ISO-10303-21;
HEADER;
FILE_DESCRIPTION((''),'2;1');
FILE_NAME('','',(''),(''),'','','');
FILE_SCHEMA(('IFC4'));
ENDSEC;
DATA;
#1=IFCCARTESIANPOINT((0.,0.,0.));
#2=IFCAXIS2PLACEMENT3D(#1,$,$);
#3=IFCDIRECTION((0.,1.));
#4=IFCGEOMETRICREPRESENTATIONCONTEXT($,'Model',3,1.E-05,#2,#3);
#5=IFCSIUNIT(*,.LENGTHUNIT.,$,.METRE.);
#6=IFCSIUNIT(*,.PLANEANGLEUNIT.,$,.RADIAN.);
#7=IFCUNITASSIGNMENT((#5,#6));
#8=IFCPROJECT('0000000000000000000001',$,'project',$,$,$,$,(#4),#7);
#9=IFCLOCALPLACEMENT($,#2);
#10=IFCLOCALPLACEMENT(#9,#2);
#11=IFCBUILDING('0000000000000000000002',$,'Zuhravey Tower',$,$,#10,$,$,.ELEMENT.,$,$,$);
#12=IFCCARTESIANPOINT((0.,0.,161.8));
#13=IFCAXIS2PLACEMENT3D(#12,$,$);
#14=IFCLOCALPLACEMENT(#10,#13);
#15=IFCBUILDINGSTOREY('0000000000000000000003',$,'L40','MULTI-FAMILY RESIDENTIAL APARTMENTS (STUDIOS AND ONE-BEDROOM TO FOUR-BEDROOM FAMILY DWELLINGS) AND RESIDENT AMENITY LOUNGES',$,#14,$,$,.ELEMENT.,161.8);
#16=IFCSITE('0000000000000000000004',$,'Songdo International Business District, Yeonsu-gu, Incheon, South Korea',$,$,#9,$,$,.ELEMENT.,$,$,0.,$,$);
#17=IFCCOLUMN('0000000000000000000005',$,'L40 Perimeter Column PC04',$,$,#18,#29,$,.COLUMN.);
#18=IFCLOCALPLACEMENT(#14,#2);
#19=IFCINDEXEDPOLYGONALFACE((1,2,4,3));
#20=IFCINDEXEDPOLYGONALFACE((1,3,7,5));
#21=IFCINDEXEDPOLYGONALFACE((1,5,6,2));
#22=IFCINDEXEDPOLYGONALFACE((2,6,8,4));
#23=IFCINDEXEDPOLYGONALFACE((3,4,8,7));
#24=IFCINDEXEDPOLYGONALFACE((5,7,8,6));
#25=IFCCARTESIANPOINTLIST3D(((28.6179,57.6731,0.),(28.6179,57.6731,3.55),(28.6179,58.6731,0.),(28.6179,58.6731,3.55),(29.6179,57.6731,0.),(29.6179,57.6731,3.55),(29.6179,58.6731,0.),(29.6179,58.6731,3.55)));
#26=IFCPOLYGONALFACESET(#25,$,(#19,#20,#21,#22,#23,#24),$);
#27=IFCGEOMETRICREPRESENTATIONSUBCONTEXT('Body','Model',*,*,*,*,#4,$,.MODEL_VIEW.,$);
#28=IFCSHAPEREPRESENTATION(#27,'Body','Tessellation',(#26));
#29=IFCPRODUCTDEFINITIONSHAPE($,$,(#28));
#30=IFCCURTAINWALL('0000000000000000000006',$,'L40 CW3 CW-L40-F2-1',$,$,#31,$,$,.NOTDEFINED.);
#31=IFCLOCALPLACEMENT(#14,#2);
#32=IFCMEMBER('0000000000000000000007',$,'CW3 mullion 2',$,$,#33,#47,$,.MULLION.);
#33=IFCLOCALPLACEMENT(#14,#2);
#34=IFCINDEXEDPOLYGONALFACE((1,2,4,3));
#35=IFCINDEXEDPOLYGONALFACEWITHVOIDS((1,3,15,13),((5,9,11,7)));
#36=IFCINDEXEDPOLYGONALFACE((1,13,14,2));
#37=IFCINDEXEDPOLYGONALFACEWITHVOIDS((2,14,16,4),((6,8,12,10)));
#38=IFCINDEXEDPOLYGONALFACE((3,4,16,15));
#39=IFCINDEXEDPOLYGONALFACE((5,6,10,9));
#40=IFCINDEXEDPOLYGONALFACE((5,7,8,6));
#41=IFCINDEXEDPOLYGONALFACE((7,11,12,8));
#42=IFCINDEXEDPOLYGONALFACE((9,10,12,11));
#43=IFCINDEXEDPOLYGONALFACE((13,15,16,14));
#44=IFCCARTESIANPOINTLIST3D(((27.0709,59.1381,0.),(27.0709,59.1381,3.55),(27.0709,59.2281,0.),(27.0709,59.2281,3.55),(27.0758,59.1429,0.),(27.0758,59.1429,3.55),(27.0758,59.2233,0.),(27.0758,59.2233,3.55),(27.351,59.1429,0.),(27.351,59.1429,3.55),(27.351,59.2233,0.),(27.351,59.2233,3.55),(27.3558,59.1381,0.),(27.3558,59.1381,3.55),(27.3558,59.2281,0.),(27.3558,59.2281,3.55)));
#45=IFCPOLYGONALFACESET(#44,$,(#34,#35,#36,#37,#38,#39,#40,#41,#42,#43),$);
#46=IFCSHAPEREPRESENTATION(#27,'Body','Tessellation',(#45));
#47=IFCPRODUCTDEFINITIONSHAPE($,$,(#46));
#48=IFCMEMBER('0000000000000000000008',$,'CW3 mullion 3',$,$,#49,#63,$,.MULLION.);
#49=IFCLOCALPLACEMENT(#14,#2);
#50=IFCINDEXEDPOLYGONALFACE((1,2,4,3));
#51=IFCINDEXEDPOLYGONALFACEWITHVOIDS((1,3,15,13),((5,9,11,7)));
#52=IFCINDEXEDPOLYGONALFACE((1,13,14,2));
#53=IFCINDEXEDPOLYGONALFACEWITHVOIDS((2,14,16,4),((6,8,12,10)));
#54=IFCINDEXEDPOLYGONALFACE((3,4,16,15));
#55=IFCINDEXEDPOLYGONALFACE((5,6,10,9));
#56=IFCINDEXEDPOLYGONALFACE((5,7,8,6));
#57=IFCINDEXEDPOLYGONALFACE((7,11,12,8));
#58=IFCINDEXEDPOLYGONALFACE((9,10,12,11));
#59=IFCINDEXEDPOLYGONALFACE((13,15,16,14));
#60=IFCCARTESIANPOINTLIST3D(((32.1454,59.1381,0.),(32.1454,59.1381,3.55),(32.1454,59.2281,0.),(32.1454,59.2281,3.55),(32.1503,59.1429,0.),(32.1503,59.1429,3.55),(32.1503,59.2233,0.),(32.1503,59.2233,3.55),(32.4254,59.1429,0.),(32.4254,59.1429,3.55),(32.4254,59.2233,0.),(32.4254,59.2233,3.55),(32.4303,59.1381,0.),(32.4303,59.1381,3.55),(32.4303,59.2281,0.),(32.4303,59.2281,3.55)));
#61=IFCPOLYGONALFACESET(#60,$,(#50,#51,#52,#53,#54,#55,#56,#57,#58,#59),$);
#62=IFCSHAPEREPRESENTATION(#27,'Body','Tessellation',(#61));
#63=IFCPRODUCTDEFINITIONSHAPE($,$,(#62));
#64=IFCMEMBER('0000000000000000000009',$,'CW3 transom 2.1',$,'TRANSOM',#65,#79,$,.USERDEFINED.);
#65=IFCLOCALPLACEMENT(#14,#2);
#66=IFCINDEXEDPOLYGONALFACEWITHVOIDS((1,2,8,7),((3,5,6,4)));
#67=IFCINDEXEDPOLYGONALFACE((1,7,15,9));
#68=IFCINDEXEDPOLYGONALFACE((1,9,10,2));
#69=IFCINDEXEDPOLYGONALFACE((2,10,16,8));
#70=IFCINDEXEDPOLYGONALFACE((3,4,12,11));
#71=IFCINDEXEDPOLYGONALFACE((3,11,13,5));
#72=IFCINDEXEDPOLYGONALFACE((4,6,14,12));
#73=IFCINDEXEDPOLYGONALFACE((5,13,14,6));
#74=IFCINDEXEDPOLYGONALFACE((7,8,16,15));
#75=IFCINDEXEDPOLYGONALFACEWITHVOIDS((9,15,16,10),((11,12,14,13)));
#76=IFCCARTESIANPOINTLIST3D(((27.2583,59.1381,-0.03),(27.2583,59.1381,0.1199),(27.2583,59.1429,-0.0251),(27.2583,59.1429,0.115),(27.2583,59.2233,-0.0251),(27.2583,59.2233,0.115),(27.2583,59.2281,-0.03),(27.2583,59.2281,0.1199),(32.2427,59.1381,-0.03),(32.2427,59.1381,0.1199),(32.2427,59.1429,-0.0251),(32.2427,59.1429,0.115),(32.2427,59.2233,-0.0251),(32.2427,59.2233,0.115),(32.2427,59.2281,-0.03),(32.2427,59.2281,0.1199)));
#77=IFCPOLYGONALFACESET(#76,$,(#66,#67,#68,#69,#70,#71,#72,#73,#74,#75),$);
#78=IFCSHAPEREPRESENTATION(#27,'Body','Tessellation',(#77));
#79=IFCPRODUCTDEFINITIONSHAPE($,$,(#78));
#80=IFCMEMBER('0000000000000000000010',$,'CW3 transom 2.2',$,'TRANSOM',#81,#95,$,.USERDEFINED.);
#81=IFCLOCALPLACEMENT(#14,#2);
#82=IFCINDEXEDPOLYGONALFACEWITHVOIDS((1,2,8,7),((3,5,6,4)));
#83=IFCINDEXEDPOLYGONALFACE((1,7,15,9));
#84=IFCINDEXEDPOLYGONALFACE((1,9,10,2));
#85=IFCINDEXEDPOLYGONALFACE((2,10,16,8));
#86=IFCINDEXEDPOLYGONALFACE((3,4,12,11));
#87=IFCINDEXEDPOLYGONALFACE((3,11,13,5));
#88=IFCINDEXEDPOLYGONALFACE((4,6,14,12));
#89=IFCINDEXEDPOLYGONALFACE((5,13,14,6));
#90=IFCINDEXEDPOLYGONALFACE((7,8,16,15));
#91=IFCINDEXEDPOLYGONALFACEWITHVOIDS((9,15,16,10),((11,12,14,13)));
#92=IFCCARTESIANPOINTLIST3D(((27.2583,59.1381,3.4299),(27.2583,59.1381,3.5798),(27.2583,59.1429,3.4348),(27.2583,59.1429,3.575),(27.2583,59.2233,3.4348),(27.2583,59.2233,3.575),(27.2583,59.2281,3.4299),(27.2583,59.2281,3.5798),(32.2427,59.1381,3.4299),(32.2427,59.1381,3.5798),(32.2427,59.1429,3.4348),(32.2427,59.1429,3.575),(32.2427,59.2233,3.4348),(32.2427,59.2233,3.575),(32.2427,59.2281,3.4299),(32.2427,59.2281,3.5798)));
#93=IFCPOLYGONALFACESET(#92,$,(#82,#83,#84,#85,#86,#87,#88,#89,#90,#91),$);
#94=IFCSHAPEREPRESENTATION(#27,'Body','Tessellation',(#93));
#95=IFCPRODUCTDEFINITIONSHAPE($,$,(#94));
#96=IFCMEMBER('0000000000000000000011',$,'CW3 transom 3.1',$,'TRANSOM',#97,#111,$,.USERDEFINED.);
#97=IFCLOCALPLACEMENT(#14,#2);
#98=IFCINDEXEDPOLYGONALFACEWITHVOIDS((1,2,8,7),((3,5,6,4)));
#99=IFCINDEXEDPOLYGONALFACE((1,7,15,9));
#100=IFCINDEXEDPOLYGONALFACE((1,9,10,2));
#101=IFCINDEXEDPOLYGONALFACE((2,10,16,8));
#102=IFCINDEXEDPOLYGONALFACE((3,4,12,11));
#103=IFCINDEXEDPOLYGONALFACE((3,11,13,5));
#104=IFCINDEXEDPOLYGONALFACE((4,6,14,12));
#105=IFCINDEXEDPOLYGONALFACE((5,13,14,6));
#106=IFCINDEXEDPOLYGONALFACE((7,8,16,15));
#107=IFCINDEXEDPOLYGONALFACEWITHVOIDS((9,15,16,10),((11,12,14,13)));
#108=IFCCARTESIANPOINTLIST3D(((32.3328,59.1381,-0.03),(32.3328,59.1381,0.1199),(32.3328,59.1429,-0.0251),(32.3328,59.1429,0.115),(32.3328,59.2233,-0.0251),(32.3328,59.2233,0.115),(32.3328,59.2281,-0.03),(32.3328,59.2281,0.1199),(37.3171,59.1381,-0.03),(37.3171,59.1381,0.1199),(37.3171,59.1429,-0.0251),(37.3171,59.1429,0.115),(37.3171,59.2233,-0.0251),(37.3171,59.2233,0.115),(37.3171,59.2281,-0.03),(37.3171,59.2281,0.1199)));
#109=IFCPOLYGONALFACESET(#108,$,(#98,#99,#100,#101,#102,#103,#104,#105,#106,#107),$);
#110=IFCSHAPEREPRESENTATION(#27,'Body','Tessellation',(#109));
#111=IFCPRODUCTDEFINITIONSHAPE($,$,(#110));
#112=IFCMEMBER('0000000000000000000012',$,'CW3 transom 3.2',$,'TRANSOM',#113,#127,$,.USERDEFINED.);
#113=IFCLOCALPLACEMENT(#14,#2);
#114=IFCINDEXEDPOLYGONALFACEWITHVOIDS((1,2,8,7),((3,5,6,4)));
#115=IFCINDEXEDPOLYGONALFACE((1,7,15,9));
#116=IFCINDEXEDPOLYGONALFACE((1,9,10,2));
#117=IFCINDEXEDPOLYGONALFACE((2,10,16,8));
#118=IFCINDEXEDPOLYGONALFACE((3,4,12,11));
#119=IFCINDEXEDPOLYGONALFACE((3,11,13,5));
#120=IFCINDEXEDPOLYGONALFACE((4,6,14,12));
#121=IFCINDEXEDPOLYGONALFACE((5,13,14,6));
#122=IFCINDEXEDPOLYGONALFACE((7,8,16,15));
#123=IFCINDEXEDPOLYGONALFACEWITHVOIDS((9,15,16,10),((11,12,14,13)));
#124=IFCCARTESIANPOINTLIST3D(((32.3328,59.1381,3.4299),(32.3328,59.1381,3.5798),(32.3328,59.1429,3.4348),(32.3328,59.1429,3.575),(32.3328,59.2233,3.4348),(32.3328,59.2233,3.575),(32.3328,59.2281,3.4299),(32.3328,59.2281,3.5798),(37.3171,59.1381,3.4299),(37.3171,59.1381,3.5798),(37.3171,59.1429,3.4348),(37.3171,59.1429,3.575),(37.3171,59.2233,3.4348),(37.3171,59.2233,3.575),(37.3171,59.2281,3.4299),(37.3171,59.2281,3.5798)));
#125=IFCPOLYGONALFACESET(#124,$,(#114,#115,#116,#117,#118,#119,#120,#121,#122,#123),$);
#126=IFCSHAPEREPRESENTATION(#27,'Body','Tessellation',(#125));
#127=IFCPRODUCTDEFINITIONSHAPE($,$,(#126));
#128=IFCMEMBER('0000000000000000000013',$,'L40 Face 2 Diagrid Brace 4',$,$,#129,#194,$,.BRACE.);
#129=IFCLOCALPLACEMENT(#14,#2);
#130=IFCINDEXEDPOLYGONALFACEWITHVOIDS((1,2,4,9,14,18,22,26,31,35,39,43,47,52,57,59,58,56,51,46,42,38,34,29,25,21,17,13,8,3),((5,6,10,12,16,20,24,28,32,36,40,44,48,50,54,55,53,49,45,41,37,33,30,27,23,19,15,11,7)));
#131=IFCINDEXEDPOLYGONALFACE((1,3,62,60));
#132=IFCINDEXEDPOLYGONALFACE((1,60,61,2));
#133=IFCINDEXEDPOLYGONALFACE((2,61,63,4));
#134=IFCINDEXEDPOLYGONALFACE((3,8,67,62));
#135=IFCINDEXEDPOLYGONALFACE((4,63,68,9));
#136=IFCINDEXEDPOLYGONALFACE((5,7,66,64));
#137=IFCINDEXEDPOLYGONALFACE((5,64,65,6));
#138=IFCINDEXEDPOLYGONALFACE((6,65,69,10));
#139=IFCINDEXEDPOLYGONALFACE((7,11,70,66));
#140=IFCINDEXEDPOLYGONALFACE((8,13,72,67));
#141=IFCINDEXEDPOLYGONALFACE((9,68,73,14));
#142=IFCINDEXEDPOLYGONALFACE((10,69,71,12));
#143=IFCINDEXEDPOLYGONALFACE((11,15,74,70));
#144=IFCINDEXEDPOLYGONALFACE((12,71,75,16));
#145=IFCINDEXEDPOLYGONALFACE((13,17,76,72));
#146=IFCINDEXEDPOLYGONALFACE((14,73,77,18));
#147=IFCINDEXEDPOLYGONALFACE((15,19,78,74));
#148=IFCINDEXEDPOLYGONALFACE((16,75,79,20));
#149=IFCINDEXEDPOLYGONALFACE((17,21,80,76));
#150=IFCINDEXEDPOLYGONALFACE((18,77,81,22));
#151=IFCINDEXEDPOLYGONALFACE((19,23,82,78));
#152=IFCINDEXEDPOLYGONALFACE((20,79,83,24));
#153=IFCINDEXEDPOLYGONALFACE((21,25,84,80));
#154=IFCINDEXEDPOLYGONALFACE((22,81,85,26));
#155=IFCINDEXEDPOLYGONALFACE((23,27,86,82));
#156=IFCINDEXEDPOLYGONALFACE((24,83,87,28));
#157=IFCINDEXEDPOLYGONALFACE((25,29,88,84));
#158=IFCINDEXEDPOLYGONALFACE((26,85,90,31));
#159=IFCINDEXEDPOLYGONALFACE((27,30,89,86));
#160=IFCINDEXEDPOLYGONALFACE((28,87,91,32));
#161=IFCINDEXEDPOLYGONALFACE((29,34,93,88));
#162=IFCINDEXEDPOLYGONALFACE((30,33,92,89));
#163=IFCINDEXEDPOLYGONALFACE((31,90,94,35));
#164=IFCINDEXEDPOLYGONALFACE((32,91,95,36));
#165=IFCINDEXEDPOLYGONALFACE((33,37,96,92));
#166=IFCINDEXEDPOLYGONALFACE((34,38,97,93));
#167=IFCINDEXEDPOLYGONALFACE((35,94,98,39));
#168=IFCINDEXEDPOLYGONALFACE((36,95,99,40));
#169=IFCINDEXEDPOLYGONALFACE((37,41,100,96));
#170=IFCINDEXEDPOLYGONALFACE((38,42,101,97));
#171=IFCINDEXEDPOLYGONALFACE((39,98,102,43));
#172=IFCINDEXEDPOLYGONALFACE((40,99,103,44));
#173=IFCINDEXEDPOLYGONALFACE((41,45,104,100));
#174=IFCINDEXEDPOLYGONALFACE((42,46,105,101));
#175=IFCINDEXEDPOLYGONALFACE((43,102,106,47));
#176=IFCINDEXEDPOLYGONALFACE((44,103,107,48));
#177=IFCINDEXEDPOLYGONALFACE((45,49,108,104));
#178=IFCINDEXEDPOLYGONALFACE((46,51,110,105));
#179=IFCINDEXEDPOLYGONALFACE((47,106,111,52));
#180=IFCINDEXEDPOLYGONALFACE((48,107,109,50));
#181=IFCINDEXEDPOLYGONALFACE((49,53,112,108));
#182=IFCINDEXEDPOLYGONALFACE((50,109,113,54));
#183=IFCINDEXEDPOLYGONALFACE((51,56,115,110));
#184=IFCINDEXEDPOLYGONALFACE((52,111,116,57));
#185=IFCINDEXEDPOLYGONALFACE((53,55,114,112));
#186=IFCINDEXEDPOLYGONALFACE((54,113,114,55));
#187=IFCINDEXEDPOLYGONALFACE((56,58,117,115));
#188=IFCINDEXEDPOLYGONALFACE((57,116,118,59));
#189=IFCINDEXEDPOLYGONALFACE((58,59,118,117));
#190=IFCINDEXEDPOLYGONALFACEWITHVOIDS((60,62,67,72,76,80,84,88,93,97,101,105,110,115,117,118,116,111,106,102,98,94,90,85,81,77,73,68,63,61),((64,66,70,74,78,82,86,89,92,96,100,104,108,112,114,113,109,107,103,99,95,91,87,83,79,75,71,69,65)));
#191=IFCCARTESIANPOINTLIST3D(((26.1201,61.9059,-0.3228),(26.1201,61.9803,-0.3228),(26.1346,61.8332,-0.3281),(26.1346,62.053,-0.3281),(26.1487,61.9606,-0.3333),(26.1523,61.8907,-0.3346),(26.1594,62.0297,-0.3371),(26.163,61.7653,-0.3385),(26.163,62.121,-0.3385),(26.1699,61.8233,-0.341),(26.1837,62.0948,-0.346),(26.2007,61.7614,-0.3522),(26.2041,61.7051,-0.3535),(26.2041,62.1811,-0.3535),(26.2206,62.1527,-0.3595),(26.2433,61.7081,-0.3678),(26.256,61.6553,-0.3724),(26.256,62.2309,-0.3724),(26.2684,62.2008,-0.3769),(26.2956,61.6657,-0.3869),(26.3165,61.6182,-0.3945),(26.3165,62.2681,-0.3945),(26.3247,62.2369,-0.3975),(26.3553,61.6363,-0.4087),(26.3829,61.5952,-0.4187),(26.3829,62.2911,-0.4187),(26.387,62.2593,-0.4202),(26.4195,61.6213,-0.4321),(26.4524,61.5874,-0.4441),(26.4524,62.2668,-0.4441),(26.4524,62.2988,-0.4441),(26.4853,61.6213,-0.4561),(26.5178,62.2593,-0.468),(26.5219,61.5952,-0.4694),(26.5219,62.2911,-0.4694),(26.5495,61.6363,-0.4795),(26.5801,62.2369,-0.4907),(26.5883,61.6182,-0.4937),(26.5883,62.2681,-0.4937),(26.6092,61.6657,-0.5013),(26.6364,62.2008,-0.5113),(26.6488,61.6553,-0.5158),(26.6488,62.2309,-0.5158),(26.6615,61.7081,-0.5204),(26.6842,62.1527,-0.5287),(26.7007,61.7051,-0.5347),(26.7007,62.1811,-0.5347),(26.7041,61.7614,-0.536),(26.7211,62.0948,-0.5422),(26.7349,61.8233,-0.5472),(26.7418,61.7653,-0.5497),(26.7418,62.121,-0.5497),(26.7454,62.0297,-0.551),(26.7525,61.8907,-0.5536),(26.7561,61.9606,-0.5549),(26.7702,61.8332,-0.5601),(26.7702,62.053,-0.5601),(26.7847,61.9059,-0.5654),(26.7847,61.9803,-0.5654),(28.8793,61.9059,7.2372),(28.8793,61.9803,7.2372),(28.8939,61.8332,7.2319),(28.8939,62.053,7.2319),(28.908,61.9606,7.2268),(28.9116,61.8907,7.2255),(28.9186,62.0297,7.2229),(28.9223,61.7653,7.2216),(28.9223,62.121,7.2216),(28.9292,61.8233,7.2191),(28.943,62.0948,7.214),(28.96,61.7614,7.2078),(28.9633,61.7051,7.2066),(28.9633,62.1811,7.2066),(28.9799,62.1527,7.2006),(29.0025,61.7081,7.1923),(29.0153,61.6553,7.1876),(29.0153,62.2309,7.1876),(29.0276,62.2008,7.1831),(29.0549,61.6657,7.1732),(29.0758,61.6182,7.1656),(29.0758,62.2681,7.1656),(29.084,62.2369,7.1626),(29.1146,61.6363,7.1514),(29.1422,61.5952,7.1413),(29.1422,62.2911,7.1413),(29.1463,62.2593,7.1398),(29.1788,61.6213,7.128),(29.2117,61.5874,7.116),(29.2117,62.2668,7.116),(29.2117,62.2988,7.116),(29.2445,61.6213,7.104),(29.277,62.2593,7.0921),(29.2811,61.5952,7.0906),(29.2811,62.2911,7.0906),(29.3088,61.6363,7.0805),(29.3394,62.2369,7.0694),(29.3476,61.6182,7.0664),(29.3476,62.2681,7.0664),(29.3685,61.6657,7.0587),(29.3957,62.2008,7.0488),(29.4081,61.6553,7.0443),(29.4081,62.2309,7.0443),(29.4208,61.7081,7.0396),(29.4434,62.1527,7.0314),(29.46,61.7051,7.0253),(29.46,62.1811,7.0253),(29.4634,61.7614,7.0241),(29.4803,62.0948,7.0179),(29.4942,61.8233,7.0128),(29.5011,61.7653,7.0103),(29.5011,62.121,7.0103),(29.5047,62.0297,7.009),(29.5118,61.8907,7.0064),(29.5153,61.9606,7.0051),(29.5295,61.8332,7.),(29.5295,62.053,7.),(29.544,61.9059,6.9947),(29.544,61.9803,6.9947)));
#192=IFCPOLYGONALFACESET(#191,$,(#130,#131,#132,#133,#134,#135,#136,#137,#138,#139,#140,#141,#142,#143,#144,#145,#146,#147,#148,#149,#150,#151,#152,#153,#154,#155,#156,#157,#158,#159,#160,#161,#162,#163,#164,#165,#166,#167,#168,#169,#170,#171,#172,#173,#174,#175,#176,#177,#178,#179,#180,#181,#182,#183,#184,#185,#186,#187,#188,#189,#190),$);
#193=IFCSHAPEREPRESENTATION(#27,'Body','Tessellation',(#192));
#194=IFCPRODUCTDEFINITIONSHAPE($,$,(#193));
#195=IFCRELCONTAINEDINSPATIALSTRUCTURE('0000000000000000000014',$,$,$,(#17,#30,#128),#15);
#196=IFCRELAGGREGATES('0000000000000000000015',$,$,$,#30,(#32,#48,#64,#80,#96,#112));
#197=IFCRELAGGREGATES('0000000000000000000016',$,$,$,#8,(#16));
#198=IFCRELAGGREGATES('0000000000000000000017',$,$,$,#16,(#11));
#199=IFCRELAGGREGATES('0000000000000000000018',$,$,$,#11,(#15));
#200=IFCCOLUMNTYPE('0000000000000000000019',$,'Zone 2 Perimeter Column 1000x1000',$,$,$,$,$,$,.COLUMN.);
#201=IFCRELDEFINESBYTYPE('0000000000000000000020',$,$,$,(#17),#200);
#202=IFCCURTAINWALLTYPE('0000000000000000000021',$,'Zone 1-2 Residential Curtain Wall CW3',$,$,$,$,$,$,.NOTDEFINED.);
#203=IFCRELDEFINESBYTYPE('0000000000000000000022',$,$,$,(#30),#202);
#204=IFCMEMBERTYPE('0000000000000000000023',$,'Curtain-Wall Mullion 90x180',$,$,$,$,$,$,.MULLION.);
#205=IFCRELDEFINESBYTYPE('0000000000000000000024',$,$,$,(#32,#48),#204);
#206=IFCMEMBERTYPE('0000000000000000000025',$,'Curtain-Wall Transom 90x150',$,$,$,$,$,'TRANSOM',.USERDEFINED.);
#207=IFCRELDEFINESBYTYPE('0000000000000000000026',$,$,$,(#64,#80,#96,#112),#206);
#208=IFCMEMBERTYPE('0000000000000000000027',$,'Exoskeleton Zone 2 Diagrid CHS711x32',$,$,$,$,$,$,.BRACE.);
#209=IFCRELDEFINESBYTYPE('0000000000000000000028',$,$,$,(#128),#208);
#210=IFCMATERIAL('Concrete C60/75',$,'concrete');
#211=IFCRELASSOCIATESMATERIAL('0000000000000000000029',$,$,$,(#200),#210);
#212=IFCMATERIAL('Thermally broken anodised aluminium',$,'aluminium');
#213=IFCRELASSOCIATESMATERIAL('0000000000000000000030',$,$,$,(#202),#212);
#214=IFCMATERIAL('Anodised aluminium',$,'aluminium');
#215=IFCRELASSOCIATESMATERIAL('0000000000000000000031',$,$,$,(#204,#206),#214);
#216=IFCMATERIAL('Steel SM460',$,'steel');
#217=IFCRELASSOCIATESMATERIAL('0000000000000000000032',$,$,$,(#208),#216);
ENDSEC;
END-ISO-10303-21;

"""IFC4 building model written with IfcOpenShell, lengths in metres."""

from ifc_helpers import new_model, si_unit, direction, frame, origin, origin_2d, place, context, subcontext, project, spatial, rectangle, hollow_rectangle, hollow_circle, extrude, material, material_profile, profile_set, type_object, element, aggregate, save


model = new_model("IFC4")

# Units and contexts
model_context = context("Model", 3, precision=1e-05, world=origin(), true_north=direction((0.0, 1.0)))
body_context = subcontext(model_context, "Body", "Model", "MODEL_VIEW")
ifc_project = project(units=[si_unit("LENGTHUNIT", "METRE"), si_unit("PLANEANGLEUNIT", "RADIAN")], contexts=[model_context])

# Site, building, storey
site_placement = place(None, origin())
site = spatial("IfcSite", under=ifc_project, at=site_placement, Name="Songdo International Business District, Yeonsu-gu, Incheon, South Korea", CompositionType="ELEMENT", RefElevation=0.0)
building_placement = place(site_placement, origin())
building = spatial("IfcBuilding", under=site, at=building_placement, Name="Zuhravey Tower", CompositionType="ELEMENT")
storey_placement = place(building_placement, frame((0.0, 0.0, 161.8)))
storey = spatial("IfcBuildingStorey", under=building, at=storey_placement, Name="L40", Description="MULTI-FAMILY RESIDENTIAL APARTMENTS (STUDIOS AND ONE-BEDROOM TO FOUR-BEDROOM FAMILY DWELLINGS) AND RESIDENT AMENITY LOUNGES", CompositionType="ELEMENT", Elevation=161.8)

# Column
ifc_material_1 = material(Name="Concrete C60/75", Category="concrete")
ifc_material_profile_1 = material_profile(ifc_material_1, rectangle(XDim=1.0, YDim=1.0, at=origin_2d()), Name="RC-1000x1000")
ifc_profile_set_1 = profile_set([ifc_material_profile_1], Name="Concrete C60/75")
column_type = type_object("IfcColumnType", Name="Zone 2 Perimeter Column 1000x1000", PredefinedType="COLUMN", material=ifc_profile_set_1)
column_placement = place(storey_placement, frame((29.1179, 58.1731, 0.0), z_axis=(0.0, 0.0, 1.0), x_axis=(-1.0, 0.0, 0.0)))
element("IfcColumn", 1, at=column_placement, inside=storey, type_object=column_type, Name="L40 Perimeter Column PC04", PredefinedType="COLUMN", context=body_context, shape_type="SweptSolid", body=[
    extrude(rectangle(XDim=1.0, YDim=1.0, at=origin_2d()), origin(), (0.0, 0.0, 1.0), 3.55),
])

# Curtain wall, members
ifc_material_2 = material(Name="Thermally broken anodised aluminium", Category="aluminium")
curtain_wall_type = type_object("IfcCurtainWallType", Name="Zone 1-2 Residential Curtain Wall CW3", PredefinedType="NOTDEFINED", material=ifc_material_2)
curtain_wall_placement = place(storey_placement, origin())
curtain_wall = element("IfcCurtainWall", 2, at=curtain_wall_placement, inside=storey, type_object=curtain_wall_type, Name="L40 CW3 CW-L40-F2-1", PredefinedType="NOTDEFINED")
ifc_material_3 = material(Name="Anodised aluminium", Category="aluminium")
ifc_material_profile_2 = material_profile(ifc_material_3, hollow_rectangle(XDim=0.0901, YDim=0.2849, WallThickness=0.0049, at=origin_2d()), Name="ALU-RHS-90x285x5")
ifc_profile_set_2 = profile_set([ifc_material_profile_2], Name="Anodised aluminium")
member_type_1 = type_object("IfcMemberType", Name="Curtain-Wall Mullion 90x180", PredefinedType="MULLION", material=ifc_profile_set_2)
member_1_placement = place(storey_placement, frame((27.2134, 59.1831, 0.0), z_axis=(0.0, 0.0, 1.0), x_axis=(0.0, 1.0, 0.0)))
member_1 = element("IfcMember", 3, at=member_1_placement, type_object=member_type_1, Name="CW3 mullion 2", PredefinedType="MULLION", context=body_context, shape_type="SweptSolid", body=[
    extrude(hollow_rectangle(XDim=0.0901, YDim=0.2849, WallThickness=0.0049, at=origin_2d()), origin(), (0.0, 0.0, 1.0), 3.55),
])
member_2_placement = place(storey_placement, frame((32.2878, 59.1831, 0.0), z_axis=(0.0, 0.0, 1.0), x_axis=(0.0, 1.0, 0.0)))
member_2 = element("IfcMember", 4, at=member_2_placement, type_object=member_type_1, Name="CW3 mullion 3", PredefinedType="MULLION", context=body_context, shape_type="SweptSolid", body=[
    extrude(hollow_rectangle(XDim=0.0901, YDim=0.2849, WallThickness=0.0049, at=origin_2d()), origin(), (0.0, 0.0, 1.0), 3.55),
])
ifc_material_profile_3 = material_profile(ifc_material_3, hollow_rectangle(XDim=0.0901, YDim=0.1499, WallThickness=0.0049, at=origin_2d()), Name="ALU-RHS-90x150x5")
ifc_profile_set_3 = profile_set([ifc_material_profile_3], Name="Anodised aluminium")
member_type_2 = type_object("IfcMemberType", Name="Curtain-Wall Transom 90x150", ElementType="TRANSOM", PredefinedType="USERDEFINED", material=ifc_profile_set_3)
member_3_placement = place(storey_placement, frame((27.2583, 59.1831, 0.0449), z_axis=(1.0, 0.0, 0.0), x_axis=(0.0, 1.0, 0.0)))
member_3 = element("IfcMember", 5, at=member_3_placement, type_object=member_type_2, Name="CW3 transom 2.1", ObjectType="TRANSOM", PredefinedType="USERDEFINED", context=body_context, shape_type="SweptSolid", body=[
    extrude(hollow_rectangle(XDim=0.0901, YDim=0.1499, WallThickness=0.0049, at=origin_2d()), origin(), (0.0, 0.0, 1.0), 4.9844),
])
member_4_placement = place(storey_placement, frame((27.2583, 59.1831, 3.5049), z_axis=(1.0, 0.0, 0.0), x_axis=(0.0, 1.0, 0.0)))
member_4 = element("IfcMember", 6, at=member_4_placement, type_object=member_type_2, Name="CW3 transom 2.2", ObjectType="TRANSOM", PredefinedType="USERDEFINED", context=body_context, shape_type="SweptSolid", body=[
    extrude(hollow_rectangle(XDim=0.0901, YDim=0.1499, WallThickness=0.0049, at=origin_2d()), origin(), (0.0, 0.0, 1.0), 4.9844),
])
member_5_placement = place(storey_placement, frame((32.3328, 59.1831, 0.0449), z_axis=(1.0, 0.0, 0.0), x_axis=(0.0, 1.0, 0.0)))
member_5 = element("IfcMember", 7, at=member_5_placement, type_object=member_type_2, Name="CW3 transom 3.1", ObjectType="TRANSOM", PredefinedType="USERDEFINED", context=body_context, shape_type="SweptSolid", body=[
    extrude(hollow_rectangle(XDim=0.0901, YDim=0.1499, WallThickness=0.0049, at=origin_2d()), origin(), (0.0, 0.0, 1.0), 4.9844),
])
member_6_placement = place(storey_placement, frame((32.3328, 59.1831, 3.5049), z_axis=(1.0, 0.0, 0.0), x_axis=(0.0, 1.0, 0.0)))
member_6 = element("IfcMember", 8, at=member_6_placement, type_object=member_type_2, Name="CW3 transom 3.2", ObjectType="TRANSOM", PredefinedType="USERDEFINED", context=body_context, shape_type="SweptSolid", body=[
    extrude(hollow_rectangle(XDim=0.0901, YDim=0.1499, WallThickness=0.0049, at=origin_2d()), origin(), (0.0, 0.0, 1.0), 4.9844),
])

# Member
ifc_material_4 = material(Name="Steel SM460", Category="steel")
ifc_material_profile_4 = material_profile(ifc_material_4, hollow_circle(Radius=0.3557, WallThickness=0.032, at=origin_2d()), Name="CHS-711.2x32")
ifc_profile_set_4 = profile_set([ifc_material_profile_4], Name="Steel SM460")
member_type_3 = type_object("IfcMemberType", Name="Exoskeleton Zone 2 Diagrid CHS711x32", PredefinedType="BRACE", material=ifc_profile_set_4)
member_7_placement = place(storey_placement, frame((26.4524, 61.9431, -0.4441), z_axis=(0.342858, 0.0, 0.939387), x_axis=(0.0, 1.0, 0.0)))
element("IfcMember", 9, at=member_7_placement, inside=storey, type_object=member_type_3, Name="L40 Face 2 Diagrid Brace 4", PredefinedType="BRACE", context=body_context, shape_type="SweptSolid", body=[
    extrude(hollow_circle(Radius=0.3557, WallThickness=0.032, at=origin_2d()), origin(), (0.0, 0.0, 1.0), 8.0479),
])

aggregate(curtain_wall, [member_1, member_2, member_3, member_4, member_5, member_6])

save(model, "model.ifc")
